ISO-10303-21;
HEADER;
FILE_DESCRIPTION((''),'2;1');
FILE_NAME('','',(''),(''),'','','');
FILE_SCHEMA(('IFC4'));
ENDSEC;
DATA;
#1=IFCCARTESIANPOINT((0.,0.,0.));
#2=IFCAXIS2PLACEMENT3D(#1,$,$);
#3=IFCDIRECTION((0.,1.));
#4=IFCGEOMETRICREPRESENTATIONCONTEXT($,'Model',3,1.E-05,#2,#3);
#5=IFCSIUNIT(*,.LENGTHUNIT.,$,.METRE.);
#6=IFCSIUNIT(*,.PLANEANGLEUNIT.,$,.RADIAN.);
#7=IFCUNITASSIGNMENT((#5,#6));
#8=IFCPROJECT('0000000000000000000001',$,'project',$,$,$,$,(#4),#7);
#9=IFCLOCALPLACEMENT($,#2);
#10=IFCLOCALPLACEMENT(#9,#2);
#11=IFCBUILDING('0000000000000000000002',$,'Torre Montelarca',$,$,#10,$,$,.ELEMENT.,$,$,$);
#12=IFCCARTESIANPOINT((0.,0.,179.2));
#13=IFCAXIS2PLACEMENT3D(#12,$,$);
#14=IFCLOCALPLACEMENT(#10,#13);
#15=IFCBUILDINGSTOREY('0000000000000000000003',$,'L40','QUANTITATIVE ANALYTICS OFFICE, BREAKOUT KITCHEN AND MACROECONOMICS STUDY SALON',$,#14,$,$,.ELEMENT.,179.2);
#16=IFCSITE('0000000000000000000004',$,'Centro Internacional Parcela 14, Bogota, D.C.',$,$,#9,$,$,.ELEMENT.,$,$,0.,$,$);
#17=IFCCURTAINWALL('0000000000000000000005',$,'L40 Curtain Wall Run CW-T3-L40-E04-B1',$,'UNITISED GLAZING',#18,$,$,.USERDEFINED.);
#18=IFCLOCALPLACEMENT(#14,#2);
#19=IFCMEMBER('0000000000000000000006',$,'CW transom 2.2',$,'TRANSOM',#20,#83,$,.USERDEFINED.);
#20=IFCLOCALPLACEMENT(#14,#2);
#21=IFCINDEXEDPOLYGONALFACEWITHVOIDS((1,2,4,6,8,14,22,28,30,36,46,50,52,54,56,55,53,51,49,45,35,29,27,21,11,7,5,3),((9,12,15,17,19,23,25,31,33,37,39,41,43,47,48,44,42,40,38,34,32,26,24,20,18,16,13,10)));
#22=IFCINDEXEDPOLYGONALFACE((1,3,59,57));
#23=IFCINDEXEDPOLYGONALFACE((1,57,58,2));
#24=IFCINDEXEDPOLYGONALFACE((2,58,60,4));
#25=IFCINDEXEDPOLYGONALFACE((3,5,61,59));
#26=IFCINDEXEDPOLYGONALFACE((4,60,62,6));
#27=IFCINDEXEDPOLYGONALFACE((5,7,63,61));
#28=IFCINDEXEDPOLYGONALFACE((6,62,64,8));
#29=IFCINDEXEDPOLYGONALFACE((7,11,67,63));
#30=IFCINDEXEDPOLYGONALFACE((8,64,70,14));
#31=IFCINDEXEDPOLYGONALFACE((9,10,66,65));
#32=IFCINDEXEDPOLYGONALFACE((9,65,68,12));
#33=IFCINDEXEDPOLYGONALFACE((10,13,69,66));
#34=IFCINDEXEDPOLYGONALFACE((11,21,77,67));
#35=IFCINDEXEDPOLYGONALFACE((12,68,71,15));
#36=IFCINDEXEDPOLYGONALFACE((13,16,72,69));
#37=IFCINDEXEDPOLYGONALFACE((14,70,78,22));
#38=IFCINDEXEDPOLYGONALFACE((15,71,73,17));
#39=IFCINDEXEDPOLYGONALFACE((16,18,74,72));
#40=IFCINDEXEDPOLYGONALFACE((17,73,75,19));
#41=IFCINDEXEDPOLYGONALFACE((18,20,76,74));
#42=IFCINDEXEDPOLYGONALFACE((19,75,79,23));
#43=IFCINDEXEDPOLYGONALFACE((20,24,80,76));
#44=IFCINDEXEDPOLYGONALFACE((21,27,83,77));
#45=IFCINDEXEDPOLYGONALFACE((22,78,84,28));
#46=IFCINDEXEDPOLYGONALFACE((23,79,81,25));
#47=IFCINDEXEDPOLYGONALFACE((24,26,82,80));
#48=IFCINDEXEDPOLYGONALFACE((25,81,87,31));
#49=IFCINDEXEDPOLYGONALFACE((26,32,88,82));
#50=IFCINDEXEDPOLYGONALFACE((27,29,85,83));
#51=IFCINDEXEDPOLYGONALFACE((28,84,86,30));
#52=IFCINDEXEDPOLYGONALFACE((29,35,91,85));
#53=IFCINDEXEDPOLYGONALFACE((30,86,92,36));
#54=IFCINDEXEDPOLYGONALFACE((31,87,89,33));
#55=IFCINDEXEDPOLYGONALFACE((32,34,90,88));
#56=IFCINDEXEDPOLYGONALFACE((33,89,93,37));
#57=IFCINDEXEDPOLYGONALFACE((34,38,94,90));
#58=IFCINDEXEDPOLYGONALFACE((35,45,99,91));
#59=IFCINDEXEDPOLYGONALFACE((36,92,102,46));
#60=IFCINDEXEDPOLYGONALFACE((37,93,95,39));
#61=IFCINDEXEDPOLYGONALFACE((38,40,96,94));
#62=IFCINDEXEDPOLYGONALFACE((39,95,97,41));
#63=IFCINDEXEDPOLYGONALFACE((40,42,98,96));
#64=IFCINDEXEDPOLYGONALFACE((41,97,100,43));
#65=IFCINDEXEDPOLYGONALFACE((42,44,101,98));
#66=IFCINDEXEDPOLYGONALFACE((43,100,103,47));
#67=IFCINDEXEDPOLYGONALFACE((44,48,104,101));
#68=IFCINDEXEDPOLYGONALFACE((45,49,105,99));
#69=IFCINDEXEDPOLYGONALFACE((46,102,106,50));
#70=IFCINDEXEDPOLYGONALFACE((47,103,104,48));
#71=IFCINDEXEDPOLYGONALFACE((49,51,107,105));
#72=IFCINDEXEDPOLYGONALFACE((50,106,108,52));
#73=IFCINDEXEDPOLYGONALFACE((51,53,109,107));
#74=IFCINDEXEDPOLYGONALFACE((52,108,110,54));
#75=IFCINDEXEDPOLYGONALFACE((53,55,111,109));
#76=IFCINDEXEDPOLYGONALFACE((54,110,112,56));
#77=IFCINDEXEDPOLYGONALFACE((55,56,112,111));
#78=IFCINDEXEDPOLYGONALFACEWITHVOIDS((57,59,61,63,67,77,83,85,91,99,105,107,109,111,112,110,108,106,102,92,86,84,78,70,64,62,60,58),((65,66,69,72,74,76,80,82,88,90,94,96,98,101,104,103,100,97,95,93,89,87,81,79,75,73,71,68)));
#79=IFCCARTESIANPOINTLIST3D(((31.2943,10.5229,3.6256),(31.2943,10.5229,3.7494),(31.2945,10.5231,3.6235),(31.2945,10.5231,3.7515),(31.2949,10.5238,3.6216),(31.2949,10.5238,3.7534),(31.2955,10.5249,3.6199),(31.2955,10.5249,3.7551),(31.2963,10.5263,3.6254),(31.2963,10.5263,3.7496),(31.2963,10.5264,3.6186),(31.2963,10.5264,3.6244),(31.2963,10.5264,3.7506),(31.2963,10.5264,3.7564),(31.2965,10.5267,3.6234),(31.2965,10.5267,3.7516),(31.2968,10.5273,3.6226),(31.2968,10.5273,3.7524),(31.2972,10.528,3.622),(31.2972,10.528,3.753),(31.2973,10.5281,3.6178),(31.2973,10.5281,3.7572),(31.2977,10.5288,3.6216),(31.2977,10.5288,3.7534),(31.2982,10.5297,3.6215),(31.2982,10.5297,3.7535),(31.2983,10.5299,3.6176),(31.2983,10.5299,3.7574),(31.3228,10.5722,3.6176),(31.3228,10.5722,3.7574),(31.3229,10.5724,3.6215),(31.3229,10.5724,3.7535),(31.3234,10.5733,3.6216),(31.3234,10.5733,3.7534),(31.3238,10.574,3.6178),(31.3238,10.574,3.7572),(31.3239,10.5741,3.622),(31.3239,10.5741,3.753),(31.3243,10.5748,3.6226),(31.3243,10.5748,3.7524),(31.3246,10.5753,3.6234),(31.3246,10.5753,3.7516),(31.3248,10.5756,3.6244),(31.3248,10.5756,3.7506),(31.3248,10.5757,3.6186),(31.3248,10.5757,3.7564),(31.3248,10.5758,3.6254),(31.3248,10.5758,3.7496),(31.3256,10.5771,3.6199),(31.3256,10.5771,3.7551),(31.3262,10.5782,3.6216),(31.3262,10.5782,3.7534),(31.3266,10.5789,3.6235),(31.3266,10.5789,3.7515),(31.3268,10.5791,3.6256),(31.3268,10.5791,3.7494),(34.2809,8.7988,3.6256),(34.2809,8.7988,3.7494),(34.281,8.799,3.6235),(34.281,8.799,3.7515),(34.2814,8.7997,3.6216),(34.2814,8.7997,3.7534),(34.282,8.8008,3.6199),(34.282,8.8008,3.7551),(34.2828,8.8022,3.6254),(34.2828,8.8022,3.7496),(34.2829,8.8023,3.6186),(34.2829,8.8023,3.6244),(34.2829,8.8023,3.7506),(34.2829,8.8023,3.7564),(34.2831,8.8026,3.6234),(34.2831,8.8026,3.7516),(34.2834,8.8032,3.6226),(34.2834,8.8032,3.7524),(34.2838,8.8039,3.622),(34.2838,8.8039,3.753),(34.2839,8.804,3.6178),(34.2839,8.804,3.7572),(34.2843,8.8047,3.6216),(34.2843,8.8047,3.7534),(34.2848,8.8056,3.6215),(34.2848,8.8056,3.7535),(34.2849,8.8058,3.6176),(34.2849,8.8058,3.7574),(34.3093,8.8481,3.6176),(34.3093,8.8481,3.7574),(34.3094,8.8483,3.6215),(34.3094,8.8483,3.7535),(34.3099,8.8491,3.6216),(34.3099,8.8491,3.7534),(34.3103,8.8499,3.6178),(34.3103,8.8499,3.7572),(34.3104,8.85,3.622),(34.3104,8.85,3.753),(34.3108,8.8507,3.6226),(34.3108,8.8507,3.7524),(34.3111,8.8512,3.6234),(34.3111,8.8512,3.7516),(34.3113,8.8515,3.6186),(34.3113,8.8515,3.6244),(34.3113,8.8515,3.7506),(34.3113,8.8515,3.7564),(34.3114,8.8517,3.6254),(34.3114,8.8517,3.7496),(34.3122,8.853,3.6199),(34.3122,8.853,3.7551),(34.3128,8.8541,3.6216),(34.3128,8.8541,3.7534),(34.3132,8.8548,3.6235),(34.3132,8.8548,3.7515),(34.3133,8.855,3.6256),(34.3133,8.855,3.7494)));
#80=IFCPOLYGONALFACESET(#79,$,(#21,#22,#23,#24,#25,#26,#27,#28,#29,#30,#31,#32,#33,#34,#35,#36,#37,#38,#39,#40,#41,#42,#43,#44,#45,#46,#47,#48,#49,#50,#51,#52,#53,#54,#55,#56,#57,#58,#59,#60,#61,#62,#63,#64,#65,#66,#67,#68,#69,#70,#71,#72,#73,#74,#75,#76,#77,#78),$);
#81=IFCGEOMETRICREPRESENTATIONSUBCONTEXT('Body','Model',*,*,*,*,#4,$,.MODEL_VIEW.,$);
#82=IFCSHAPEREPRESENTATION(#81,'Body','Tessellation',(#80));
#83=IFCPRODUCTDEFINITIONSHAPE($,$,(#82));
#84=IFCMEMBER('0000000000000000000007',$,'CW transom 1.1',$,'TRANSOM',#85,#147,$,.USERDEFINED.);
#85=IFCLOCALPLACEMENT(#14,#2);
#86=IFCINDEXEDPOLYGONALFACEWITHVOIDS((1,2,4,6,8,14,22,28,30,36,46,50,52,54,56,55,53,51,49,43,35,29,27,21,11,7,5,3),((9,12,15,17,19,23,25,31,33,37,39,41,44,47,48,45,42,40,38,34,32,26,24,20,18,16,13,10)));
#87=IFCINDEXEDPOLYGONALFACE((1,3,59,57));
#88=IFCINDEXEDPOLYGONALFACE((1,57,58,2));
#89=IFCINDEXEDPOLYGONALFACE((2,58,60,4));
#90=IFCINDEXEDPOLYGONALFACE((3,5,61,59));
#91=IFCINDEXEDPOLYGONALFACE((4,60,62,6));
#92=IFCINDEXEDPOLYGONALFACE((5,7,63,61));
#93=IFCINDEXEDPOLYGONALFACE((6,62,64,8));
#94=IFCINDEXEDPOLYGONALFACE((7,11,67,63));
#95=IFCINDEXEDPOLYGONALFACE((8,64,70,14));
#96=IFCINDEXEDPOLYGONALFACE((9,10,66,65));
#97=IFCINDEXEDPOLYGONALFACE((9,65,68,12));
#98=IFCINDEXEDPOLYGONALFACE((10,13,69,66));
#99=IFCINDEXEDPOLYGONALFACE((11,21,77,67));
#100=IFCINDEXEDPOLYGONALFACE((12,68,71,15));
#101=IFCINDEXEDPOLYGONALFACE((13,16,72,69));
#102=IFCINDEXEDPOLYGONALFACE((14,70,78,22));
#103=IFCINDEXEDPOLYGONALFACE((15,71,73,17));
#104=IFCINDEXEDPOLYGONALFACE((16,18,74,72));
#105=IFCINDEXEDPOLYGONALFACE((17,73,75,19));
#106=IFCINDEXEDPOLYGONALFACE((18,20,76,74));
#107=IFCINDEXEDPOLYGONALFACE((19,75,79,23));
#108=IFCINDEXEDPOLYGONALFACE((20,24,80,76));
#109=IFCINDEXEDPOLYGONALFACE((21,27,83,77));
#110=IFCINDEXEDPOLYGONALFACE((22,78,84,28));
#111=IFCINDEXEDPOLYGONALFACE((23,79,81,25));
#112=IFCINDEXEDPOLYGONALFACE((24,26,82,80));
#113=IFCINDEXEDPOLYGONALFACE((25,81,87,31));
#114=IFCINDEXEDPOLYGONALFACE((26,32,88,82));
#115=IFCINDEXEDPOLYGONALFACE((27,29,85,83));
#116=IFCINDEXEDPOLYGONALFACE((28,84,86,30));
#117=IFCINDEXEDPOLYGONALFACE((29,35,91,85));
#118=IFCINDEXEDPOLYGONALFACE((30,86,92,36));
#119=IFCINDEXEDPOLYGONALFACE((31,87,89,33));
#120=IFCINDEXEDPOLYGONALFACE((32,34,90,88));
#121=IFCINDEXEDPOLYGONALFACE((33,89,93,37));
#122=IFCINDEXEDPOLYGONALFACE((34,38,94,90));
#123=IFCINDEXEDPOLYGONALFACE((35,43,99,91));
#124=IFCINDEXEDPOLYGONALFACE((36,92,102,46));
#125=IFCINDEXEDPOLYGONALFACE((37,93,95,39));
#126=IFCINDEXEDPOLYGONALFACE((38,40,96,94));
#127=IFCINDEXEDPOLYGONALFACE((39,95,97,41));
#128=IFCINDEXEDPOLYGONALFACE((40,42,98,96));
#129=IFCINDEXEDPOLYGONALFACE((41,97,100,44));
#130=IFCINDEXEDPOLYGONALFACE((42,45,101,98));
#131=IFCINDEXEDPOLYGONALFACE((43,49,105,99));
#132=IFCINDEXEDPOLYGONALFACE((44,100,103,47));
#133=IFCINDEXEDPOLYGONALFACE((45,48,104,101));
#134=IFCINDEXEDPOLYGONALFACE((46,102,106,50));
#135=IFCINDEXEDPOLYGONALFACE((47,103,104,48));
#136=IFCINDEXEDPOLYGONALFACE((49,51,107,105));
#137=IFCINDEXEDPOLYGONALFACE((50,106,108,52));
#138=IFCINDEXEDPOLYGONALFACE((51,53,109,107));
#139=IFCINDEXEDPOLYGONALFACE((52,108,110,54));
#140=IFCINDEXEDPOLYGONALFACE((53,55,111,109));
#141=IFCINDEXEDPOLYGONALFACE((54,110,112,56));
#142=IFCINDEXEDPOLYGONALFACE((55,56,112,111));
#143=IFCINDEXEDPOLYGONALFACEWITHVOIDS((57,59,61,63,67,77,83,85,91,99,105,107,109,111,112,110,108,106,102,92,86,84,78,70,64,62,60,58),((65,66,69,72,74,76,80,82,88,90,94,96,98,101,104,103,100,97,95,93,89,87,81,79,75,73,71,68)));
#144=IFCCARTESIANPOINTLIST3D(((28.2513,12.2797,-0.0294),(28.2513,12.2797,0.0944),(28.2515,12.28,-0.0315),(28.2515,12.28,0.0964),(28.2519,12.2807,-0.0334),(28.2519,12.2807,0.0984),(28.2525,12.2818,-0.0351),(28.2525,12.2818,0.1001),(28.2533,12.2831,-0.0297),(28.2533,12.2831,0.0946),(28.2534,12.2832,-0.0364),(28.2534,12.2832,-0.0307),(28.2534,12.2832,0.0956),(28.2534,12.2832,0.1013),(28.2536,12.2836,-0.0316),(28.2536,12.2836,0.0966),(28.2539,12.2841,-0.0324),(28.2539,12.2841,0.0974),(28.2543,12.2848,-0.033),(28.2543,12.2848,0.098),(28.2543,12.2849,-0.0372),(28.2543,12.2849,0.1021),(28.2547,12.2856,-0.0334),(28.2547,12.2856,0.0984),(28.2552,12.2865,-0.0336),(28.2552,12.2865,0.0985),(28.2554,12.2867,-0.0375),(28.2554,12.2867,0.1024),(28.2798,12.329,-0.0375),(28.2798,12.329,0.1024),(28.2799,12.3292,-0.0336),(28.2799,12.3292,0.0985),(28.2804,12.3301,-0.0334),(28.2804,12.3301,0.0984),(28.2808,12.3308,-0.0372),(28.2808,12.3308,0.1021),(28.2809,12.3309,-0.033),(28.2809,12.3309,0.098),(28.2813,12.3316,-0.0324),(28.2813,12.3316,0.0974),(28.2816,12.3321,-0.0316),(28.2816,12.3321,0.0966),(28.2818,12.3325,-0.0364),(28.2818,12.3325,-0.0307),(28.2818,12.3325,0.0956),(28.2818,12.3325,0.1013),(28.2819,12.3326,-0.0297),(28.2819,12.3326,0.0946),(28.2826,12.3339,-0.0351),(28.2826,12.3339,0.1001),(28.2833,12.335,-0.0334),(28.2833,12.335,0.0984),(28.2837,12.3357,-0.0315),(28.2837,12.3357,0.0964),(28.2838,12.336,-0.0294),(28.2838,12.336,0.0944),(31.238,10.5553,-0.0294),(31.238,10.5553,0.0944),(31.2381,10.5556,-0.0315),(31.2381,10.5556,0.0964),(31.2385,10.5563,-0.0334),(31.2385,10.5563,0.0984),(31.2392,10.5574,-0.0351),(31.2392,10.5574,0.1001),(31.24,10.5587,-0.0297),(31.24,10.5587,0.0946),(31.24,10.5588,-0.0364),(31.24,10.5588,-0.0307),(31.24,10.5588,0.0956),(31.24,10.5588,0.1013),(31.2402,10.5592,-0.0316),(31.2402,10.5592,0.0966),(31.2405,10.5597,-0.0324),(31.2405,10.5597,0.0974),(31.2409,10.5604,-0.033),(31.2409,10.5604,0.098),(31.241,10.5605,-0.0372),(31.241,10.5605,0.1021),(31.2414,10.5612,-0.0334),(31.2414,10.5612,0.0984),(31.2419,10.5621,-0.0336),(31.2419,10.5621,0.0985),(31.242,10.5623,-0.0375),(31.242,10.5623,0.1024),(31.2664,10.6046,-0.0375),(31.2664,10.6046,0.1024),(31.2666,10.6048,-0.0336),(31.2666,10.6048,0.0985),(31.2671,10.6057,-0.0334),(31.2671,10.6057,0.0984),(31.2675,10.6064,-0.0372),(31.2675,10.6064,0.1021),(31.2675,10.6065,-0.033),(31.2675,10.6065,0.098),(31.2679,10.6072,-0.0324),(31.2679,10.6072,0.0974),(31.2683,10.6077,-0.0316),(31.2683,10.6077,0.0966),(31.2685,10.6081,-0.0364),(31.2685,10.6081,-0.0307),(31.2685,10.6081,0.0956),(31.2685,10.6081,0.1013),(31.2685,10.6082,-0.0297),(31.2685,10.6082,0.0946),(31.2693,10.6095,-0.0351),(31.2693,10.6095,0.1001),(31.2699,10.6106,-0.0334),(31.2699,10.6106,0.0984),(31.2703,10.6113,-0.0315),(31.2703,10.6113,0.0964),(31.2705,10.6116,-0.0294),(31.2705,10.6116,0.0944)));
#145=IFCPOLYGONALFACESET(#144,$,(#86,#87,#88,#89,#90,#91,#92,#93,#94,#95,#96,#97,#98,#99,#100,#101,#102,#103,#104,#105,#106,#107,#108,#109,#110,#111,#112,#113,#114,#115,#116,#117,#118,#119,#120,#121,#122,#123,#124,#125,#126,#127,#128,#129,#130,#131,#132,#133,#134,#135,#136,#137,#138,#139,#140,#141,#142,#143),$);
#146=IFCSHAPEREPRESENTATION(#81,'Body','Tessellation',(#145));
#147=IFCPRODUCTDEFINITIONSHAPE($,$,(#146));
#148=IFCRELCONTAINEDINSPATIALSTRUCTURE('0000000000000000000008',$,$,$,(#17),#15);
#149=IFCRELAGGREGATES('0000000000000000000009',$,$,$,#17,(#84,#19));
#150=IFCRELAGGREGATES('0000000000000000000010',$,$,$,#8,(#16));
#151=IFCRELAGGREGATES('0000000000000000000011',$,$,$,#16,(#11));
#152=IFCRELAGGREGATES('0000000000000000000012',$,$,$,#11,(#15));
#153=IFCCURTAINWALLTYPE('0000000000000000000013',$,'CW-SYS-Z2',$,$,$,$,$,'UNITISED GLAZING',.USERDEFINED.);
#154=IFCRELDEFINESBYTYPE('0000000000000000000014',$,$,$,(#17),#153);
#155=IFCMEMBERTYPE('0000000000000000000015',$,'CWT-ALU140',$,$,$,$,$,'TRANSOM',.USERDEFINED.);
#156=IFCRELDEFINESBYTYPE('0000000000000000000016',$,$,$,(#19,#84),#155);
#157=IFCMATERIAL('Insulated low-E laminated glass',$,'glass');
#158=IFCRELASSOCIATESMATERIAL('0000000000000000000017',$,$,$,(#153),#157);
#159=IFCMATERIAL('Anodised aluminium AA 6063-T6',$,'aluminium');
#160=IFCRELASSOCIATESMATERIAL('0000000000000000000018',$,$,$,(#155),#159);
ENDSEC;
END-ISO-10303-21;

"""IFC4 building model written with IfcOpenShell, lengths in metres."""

from ifc_helpers import new_model, si_unit, direction, frame, origin, origin_2d, place, context, subcontext, project, spatial, hollow_rectangle, extrude, source, transform, mapped, material, material_profile, profile_set, type_object, element, aggregate, save


model = new_model("IFC4")

# Units and contexts
model_context = context("Model", 3, precision=1e-05, world=origin(), true_north=direction((0.0, 1.0)))
body_context = subcontext(model_context, "Body", "Model", "MODEL_VIEW")
ifc_project = project(units=[si_unit("LENGTHUNIT", "METRE"), si_unit("PLANEANGLEUNIT", "RADIAN")], contexts=[model_context])

# Site, building, storey
site_placement = place(None, origin())
site = spatial("IfcSite", under=ifc_project, at=site_placement, Name="Centro Internacional Parcela 14, Bogota, D.C.", CompositionType="ELEMENT", RefElevation=0.0)
building_placement = place(site_placement, origin())
building = spatial("IfcBuilding", under=site, at=building_placement, Name="Torre Montelarca", CompositionType="ELEMENT")
storey_placement = place(building_placement, frame((0.0, 0.0, 179.2)))
storey = spatial("IfcBuildingStorey", under=building, at=storey_placement, Name="L40", Description="QUANTITATIVE ANALYTICS OFFICE, BREAKOUT KITCHEN AND MACROECONOMICS STUDY SALON", CompositionType="ELEMENT", Elevation=179.2)

# Shared definitions
ifc_material_1 = material(Name="Insulated low-E laminated glass", Category="glass")
curtain_wall_type = type_object("IfcCurtainWallType", Name="CW-SYS-Z2", ElementType="UNITISED GLAZING", PredefinedType="USERDEFINED", material=ifc_material_1)
ifc_material_2 = material(Name="Anodised aluminium AA 6063-T6", Category="aluminium")
ifc_material_profile_1 = material_profile(ifc_material_2, hollow_rectangle(XDim=0.0649, YDim=0.1399, WallThickness=0.0039, InnerFilletRadius=0.0039, OuterFilletRadius=0.0081, at=origin_2d()), Name="ALU65X140X4", Category="aluminium")
ifc_profile_set_1 = profile_set([ifc_material_profile_1], Name="Anodised aluminium AA 6063-T6")
member_type_1 = type_object("IfcMemberType", Name="CWT-ALU140", ElementType="TRANSOM", PredefinedType="USERDEFINED", material=ifc_profile_set_1)

# Curtain wall
curtain_wall_1_placement = place(storey_placement, origin())
curtain_wall_1 = element("IfcCurtainWall", 1, at=curtain_wall_1_placement, inside=storey, type_object=curtain_wall_type, Name="L40 Curtain Wall Run CW-T3-L40-E04-B1", ObjectType="UNITISED GLAZING", PredefinedType="USERDEFINED")

# Members
shared_shape_1 = source(origin(), body_context, "Body", "SweptSolid", [
    extrude(hollow_rectangle(XDim=0.0649, YDim=0.1399, WallThickness=0.0039, InnerFilletRadius=0.0039, OuterFilletRadius=0.0081, at=origin_2d()), origin(), (0.0, 0.0, 1.0), 3.4485),
])
member_1_placement = place(storey_placement, frame((31.3105, 10.551, 3.6875), z_axis=(0.866048, -0.499961, 0.0), x_axis=(0.499961, 0.866048, 0.0)))
member_1 = element("IfcMember", 2, at=member_1_placement, type_object=member_type_1, Name="CW transom 2.2", ObjectType="TRANSOM", PredefinedType="USERDEFINED", context=body_context, shape_type="MappedRepresentation", body=[
    mapped(shared_shape_1, transform((0.0, 0.0, 0.0), scale=1.0)),
])
shared_shape_2 = source(origin(), body_context, "Body", "SweptSolid", [
    extrude(hollow_rectangle(XDim=0.0649, YDim=0.1399, WallThickness=0.0039, InnerFilletRadius=0.0039, OuterFilletRadius=0.0081, at=origin_2d()), origin(), (0.0, 0.0, 1.0), 3.4487),
])
member_2_placement = place(storey_placement, frame((28.2676, 12.3079, 0.0325), z_axis=(0.866017, -0.500015, 0.0), x_axis=(0.500015, 0.866017, 0.0)))
member_2 = element("IfcMember", 3, at=member_2_placement, type_object=member_type_1, Name="CW transom 1.1", ObjectType="TRANSOM", PredefinedType="USERDEFINED", context=body_context, shape_type="MappedRepresentation", body=[
    mapped(shared_shape_2, transform((0.0, 0.0, 0.0), scale=1.0)),
])

aggregate(curtain_wall_1, [member_2, member_1])

save(model, "model.ifc")
